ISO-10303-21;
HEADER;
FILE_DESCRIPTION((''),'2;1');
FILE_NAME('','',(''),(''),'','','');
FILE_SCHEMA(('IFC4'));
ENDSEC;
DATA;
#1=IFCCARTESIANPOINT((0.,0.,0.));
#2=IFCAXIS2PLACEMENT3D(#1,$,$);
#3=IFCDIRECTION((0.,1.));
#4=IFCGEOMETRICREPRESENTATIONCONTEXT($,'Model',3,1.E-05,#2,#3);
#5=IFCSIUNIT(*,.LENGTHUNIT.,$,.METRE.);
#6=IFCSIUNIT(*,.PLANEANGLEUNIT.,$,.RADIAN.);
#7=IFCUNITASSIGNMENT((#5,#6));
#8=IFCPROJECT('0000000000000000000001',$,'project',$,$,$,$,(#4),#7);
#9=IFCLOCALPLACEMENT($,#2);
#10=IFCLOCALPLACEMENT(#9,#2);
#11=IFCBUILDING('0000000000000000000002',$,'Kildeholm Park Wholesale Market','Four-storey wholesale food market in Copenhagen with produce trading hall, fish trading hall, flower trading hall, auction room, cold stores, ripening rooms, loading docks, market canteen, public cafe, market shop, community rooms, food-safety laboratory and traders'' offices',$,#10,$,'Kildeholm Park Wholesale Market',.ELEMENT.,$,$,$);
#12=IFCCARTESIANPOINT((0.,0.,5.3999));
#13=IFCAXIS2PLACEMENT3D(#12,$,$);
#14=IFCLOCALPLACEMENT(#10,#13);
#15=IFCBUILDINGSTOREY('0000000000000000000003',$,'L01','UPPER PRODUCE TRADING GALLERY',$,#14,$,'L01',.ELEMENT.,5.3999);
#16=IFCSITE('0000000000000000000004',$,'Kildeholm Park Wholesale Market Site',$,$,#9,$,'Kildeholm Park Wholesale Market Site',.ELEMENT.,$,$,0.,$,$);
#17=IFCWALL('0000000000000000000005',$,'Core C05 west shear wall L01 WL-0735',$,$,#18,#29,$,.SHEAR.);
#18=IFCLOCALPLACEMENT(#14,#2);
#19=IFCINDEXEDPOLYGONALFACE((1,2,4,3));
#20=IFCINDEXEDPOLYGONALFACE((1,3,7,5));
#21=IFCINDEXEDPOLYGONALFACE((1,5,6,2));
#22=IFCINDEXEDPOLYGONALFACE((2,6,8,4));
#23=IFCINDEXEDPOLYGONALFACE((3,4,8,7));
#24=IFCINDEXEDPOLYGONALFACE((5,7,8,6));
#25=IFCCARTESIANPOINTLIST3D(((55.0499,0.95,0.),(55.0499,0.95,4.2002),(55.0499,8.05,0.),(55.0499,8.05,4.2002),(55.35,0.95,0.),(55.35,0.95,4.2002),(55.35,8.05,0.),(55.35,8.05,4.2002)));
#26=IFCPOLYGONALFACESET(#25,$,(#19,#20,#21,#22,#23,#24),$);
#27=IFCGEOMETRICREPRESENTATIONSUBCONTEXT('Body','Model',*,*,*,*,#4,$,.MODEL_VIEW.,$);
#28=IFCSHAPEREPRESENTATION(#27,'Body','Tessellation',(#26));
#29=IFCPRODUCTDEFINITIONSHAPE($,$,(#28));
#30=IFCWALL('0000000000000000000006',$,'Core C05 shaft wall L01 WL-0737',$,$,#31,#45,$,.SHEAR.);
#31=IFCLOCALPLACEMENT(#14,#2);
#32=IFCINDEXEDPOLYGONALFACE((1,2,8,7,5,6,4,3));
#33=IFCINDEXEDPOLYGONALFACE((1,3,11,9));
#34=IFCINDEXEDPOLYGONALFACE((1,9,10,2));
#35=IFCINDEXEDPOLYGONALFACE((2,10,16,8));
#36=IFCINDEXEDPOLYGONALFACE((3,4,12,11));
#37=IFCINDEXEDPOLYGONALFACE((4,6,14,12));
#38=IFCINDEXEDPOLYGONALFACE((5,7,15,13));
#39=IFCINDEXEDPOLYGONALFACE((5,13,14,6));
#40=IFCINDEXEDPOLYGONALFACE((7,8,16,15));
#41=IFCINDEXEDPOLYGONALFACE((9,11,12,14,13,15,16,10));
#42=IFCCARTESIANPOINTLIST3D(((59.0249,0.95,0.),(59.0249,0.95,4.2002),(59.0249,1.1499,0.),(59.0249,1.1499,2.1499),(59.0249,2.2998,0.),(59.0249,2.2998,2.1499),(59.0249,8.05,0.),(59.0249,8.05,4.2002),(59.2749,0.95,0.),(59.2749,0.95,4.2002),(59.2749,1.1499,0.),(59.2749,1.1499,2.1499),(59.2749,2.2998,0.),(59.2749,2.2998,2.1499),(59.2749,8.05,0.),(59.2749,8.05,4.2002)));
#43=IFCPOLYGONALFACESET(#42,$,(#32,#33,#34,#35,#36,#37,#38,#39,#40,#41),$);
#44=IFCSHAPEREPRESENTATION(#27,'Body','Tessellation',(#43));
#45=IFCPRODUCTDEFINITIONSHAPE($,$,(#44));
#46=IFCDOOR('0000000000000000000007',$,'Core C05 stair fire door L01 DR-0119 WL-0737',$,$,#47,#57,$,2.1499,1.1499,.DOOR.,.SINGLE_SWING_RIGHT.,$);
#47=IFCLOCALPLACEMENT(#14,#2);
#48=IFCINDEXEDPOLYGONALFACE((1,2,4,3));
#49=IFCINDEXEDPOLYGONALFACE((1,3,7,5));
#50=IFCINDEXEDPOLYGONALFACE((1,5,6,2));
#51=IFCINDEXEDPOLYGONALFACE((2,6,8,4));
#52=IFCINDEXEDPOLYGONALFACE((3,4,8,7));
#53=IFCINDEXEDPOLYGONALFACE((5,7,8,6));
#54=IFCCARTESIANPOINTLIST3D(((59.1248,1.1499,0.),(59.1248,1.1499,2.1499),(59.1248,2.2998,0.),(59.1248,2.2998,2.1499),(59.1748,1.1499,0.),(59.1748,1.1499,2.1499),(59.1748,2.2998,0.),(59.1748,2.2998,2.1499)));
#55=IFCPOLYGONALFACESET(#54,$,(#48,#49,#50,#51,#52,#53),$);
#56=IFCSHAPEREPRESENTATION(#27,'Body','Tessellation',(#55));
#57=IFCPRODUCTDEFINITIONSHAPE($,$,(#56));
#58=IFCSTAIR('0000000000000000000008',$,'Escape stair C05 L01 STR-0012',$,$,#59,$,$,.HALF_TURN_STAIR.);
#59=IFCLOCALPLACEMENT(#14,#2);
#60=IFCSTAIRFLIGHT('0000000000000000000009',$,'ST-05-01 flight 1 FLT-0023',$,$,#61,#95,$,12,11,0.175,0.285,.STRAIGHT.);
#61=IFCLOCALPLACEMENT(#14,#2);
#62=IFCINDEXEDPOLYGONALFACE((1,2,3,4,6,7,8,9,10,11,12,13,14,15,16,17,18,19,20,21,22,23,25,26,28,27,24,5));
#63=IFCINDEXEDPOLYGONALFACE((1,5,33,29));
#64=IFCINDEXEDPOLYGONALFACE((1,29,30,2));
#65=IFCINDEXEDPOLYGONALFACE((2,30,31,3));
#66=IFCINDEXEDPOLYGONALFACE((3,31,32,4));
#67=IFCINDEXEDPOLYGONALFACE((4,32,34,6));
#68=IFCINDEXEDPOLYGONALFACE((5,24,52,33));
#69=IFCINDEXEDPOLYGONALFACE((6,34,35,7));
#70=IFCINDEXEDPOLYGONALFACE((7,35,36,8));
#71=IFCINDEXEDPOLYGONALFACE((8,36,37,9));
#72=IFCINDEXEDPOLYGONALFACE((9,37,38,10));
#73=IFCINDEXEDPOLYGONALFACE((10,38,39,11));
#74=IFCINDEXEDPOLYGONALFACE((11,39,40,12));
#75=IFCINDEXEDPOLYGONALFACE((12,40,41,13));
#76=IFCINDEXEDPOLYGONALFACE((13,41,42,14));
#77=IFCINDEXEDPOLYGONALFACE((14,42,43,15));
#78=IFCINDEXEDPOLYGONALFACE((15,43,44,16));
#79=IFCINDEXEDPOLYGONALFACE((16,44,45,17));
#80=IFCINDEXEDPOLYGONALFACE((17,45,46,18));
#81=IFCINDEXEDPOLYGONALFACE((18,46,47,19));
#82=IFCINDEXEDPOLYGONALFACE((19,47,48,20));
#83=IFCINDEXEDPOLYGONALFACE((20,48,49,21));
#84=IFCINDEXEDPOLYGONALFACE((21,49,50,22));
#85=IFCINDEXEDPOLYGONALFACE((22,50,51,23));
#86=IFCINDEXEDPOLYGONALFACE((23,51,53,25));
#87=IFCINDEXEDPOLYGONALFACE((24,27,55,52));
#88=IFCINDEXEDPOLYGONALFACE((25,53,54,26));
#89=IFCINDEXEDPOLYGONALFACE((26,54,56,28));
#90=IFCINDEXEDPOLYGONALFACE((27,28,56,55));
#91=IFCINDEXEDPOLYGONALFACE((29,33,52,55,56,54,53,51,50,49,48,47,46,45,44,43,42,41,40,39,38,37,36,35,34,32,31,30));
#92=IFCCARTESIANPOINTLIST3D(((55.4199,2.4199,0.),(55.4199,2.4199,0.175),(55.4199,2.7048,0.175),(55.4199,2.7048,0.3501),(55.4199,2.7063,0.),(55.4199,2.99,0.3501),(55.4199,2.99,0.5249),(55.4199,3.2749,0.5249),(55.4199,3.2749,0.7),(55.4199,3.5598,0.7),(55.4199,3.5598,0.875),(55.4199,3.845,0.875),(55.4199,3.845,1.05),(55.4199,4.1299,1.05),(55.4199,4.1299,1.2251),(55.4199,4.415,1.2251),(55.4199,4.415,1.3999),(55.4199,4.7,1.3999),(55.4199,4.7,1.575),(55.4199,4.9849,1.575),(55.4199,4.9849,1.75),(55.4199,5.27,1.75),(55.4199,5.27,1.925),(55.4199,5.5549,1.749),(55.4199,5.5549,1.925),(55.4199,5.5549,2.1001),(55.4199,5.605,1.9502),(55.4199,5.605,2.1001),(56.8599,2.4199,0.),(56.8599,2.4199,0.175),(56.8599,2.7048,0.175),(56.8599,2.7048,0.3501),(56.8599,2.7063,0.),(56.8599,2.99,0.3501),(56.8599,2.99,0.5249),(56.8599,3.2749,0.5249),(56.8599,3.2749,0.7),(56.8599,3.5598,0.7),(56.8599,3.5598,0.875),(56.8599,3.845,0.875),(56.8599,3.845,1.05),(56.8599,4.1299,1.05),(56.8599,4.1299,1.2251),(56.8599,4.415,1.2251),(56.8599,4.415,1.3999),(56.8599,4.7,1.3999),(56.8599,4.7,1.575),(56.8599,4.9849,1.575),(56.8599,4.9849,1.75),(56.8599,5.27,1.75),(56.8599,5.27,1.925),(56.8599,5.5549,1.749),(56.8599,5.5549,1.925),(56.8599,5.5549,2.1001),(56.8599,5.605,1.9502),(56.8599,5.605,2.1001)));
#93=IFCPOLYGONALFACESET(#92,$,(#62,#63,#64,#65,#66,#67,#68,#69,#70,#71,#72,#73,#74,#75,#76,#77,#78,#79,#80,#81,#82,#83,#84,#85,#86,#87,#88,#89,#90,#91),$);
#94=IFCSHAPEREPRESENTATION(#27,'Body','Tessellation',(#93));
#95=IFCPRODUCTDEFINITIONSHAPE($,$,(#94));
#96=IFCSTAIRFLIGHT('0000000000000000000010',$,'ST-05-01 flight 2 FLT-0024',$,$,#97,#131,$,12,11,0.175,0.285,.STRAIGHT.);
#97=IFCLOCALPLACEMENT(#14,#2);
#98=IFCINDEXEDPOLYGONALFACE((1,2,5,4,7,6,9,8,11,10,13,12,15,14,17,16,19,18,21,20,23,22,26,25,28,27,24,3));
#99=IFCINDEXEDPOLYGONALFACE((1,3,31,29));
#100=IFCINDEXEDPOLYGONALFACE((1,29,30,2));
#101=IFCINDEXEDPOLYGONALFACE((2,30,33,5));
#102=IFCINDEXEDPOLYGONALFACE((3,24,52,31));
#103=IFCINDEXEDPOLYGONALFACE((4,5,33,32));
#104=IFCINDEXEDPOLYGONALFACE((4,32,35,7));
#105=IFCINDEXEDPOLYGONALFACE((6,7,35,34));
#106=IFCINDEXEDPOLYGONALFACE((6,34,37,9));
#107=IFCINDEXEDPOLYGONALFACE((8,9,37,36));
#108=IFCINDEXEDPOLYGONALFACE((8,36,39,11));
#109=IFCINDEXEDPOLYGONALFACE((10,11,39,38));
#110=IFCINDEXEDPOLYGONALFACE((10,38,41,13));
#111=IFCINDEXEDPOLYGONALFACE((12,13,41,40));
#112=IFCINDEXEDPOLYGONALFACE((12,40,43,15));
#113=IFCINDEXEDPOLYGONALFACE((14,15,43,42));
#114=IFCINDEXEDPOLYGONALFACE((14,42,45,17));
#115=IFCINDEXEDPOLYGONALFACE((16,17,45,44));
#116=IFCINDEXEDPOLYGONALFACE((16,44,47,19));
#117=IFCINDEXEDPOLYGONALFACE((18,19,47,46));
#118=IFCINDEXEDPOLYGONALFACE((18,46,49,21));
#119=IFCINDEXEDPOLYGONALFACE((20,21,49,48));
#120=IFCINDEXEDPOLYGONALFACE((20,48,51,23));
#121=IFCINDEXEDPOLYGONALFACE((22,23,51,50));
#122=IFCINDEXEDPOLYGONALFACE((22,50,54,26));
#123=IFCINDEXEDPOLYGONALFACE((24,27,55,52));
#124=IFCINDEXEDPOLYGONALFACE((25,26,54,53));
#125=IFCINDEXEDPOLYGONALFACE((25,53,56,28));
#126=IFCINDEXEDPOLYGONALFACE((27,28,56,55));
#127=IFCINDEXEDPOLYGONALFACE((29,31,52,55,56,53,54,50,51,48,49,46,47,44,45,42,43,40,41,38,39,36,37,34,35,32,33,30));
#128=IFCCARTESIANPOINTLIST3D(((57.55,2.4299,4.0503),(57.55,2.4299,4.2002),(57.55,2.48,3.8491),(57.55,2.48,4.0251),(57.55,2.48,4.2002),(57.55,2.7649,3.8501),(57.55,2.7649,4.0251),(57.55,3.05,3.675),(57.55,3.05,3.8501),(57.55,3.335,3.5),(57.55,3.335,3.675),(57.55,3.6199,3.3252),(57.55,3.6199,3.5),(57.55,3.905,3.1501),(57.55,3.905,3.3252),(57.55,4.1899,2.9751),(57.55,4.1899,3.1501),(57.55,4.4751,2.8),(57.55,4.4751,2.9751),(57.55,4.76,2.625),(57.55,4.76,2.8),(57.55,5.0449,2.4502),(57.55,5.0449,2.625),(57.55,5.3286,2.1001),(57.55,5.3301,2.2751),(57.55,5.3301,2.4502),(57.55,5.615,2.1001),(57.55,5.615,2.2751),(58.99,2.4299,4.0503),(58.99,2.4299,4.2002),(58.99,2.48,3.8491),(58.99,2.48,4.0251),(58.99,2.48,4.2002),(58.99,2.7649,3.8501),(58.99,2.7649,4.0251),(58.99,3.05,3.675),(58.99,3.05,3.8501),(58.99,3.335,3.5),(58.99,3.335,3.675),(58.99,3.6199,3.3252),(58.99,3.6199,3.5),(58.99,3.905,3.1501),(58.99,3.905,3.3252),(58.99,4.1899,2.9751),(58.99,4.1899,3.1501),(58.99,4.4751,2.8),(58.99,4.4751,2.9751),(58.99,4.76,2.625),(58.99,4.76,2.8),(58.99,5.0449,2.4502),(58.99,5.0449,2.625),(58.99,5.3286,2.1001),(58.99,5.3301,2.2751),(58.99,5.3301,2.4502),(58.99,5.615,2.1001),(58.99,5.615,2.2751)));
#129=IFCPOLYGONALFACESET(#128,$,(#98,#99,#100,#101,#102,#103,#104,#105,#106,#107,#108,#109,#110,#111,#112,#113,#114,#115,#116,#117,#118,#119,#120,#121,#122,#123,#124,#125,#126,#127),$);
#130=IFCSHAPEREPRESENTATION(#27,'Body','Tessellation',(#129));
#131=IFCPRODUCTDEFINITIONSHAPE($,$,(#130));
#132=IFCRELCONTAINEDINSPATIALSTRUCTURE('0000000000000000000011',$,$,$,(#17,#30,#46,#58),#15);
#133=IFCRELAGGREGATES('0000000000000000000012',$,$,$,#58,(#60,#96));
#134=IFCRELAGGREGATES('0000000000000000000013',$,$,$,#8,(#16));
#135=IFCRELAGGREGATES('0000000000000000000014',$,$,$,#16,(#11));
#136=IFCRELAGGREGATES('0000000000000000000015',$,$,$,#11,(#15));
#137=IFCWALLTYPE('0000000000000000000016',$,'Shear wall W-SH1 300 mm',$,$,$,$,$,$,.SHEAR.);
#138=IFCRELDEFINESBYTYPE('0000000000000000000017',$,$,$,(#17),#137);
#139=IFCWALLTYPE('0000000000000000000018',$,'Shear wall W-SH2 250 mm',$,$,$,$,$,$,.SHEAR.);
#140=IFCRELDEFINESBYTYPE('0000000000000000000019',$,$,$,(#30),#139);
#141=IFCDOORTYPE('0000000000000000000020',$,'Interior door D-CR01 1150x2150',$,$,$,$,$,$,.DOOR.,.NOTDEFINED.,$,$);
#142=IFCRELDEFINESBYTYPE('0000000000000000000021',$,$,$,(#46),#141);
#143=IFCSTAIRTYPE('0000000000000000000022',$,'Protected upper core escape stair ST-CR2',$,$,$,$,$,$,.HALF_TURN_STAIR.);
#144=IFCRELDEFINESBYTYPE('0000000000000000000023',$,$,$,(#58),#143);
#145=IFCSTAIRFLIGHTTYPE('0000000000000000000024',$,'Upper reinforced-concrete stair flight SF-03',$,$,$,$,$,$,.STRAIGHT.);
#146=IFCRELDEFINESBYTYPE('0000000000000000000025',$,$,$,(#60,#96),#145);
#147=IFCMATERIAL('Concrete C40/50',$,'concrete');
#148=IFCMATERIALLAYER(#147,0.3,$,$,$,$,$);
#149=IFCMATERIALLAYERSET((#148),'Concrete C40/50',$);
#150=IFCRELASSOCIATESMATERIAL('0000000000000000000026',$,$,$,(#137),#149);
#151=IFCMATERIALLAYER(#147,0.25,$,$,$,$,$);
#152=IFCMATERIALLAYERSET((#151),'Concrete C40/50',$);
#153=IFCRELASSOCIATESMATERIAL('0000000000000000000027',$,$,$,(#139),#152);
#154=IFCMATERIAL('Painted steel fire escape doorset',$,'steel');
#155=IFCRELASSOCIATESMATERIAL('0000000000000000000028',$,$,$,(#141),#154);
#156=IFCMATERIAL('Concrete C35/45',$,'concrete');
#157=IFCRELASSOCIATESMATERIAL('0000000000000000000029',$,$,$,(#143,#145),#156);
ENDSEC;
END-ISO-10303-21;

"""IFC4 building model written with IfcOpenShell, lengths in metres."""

from ifc_helpers import new_model, si_unit, direction, frame, frame_2d, origin, place, context, subcontext, project, spatial, polyline, rectangle, outline, extrude, material, layer, layer_set, type_object, element, fill, aggregate, save


model = new_model("IFC4")

# Units and contexts
model_context = context("Model", 3, precision=1e-05, world=origin(), true_north=direction((0.0, 1.0)))
body_context = subcontext(model_context, "Body", "Model", "MODEL_VIEW")
ifc_project = project(units=[si_unit("LENGTHUNIT", "METRE"), si_unit("PLANEANGLEUNIT", "RADIAN")], contexts=[model_context])

# Site, building, storey
site_placement = place(None, origin())
site = spatial("IfcSite", under=ifc_project, at=site_placement, Name="Kildeholm Park Wholesale Market Site", LongName="Kildeholm Park Wholesale Market Site", CompositionType="ELEMENT", RefElevation=0.0)
building_placement = place(site_placement, origin())
building = spatial("IfcBuilding", under=site, at=building_placement, Name="Kildeholm Park Wholesale Market", Description="Four-storey wholesale food market in Copenhagen with produce trading hall, fish trading hall, flower trading hall, auction room, cold stores, ripening rooms, loading docks, market canteen, public cafe, market shop, community rooms, food-safety laboratory and traders' offices", LongName="Kildeholm Park Wholesale Market", CompositionType="ELEMENT")
storey_placement = place(building_placement, frame((0.0, 0.0, 5.3999)))
storey = spatial("IfcBuildingStorey", under=building, at=storey_placement, Name="L01", Description="UPPER PRODUCE TRADING GALLERY", LongName="L01", CompositionType="ELEMENT", Elevation=5.3999)

# Wall
ifc_material_1 = material(Name="Concrete C40/50", Category="concrete")
ifc_layer_1 = layer(ifc_material_1, 0.3)
ifc_layer_set_1 = layer_set([ifc_layer_1], Name="Concrete C40/50")
wall_type_1 = type_object("IfcWallType", Name="Shear wall W-SH1 300 mm", PredefinedType="SHEAR", material=ifc_layer_set_1)
wall_1_placement = place(storey_placement, frame((55.2, 0.95, 0.0), z_axis=(0.0, 0.0, 1.0), x_axis=(0.0, 1.0, 0.0)))
element("IfcWall", 1, at=wall_1_placement, inside=storey, type_object=wall_type_1, Name="Core C05 west shear wall L01 WL-0735", PredefinedType="SHEAR", context=body_context, shape_type="SweptSolid", body=[
    extrude(rectangle(XDim=7.1001, YDim=0.3, at=frame_2d((3.55, 0.0))), origin(), (0.0, 0.0, 1.0), 4.2002),
])

# Wall, opening, door
ifc_layer_2 = layer(ifc_material_1, 0.25)
ifc_layer_set_2 = layer_set([ifc_layer_2], Name="Concrete C40/50")
wall_type_2 = type_object("IfcWallType", Name="Shear wall W-SH2 250 mm", PredefinedType="SHEAR", material=ifc_layer_set_2)
wall_2_placement = place(storey_placement, frame((59.1499, 0.95, 0.0), z_axis=(0.0, 0.0, 1.0), x_axis=(0.0, 1.0, 0.0)))
wall_2 = element("IfcWall", 2, at=wall_2_placement, inside=storey, type_object=wall_type_2, Name="Core C05 shaft wall L01 WL-0737", PredefinedType="SHEAR", context=body_context, shape_type="SweptSolid", body=[
    extrude(rectangle(XDim=7.1001, YDim=0.25, at=frame_2d((3.55, 0.0))), origin(), (0.0, 0.0, 1.0), 4.2002),
])
opening_1_placement = place(wall_2_placement, frame((0.2, 0.0, 0.0)))
opening_1 = element("IfcOpeningElement", 3, at=opening_1_placement, cuts=wall_2, PredefinedType="OPENING", context=body_context, shape_type="SweptSolid", body=[
    extrude(rectangle(XDim=1.1499, YDim=2.1499, at=frame_2d((0.575, 1.075))), frame((0.0, 0.135, 0.0), z_axis=(0.0, -1.0, 0.0), x_axis=(1.0, 0.0, 0.0)), (0.0, 0.0, 1.0), 0.27),
])
ifc_material_2 = material(Name="Painted steel fire escape doorset", Category="steel")
door_type_1 = type_object("IfcDoorType", Name="Interior door D-CR01 1150x2150", OperationType="NOTDEFINED", PredefinedType="DOOR", material=ifc_material_2)
door_1_placement = place(opening_1_placement, frame((1.1499, 0.0, 0.0), z_axis=(0.0, 0.0, 1.0), x_axis=(-1.0, 0.0, 0.0)))
door_1 = element("IfcDoor", 4, at=door_1_placement, inside=storey, type_object=door_type_1, Name="Core C05 stair fire door L01 DR-0119 WL-0737", OperationType="SINGLE_SWING_RIGHT", OverallHeight=2.1499, OverallWidth=1.1499, PredefinedType="DOOR", context=body_context, shape_type="SweptSolid", body=[
    extrude(rectangle(XDim=1.1499, YDim=2.1499, at=frame_2d((0.575, 1.075))), frame((0.0, 0.0249, 0.0), z_axis=(0.0, -1.0, 0.0), x_axis=(1.0, 0.0, 0.0)), (0.0, 0.0, 1.0), 0.05),
])
fill(opening_1, door_1)

# Stair, stair flights
ifc_material_3 = material(Name="Concrete C35/45", Category="concrete")
stair_type = type_object("IfcStairType", Name="Protected upper core escape stair ST-CR2", PredefinedType="HALF_TURN_STAIR", material=ifc_material_3)
stair_placement = place(storey_placement, origin())
stair = element("IfcStair", 5, at=stair_placement, inside=storey, type_object=stair_type, Name="Escape stair C05 L01 STR-0012", PredefinedType="HALF_TURN_STAIR")
stair_flight_type = type_object("IfcStairFlightType", Name="Upper reinforced-concrete stair flight SF-03", PredefinedType="STRAIGHT", material=ifc_material_3)
stair_flight_1_placement = place(storey_placement, frame((56.1399, 2.4199, 0.0), z_axis=(0.0, 0.0, 1.0), x_axis=(0.0, 1.0, 0.0)))
stair_flight_1 = element("IfcStairFlight", 6, at=stair_flight_1_placement, type_object=stair_flight_type, Name="ST-05-01 flight 1 FLT-0023", NumberOfRisers=12, NumberOfTreads=11, PredefinedType="STRAIGHT", RiserHeight=0.175, TreadLength=0.285, context=body_context, shape_type="SweptSolid", body=[
    extrude(outline(polyline([(0.0, 0.0), (0.0, 0.175), (0.2849, 0.175), (0.2849, 0.3501), (0.5701, 0.3501), (0.5701, 0.5249), (0.855, 0.5249), (0.855, 0.7), (1.1399, 0.7), (1.1399, 0.875), (1.425, 0.875), (1.425, 1.05), (1.71, 1.05), (1.71, 1.2251), (1.9951, 1.2251), (1.9951, 1.3999), (2.28, 1.3999), (2.28, 1.575), (2.5649, 1.575), (2.5649, 1.75), (2.8501, 1.75), (2.8501, 1.925), (3.135, 1.925), (3.135, 2.1001), (3.1851, 2.1001), (3.1851, 1.9502), (3.135, 1.749), (0.2864, 0.0), (0.0, 0.0)])), frame((0.0, 0.72, 0.0), z_axis=(0.0, -1.0, 0.0), x_axis=(1.0, 0.0, 0.0)), (0.0, 0.0, 1.0), 1.4399),
])
stair_flight_2_placement = place(storey_placement, frame((58.27, 5.615, 2.1001), z_axis=(0.0, 0.0, 1.0), x_axis=(0.0, -1.0, 0.0)))
stair_flight_2 = element("IfcStairFlight", 7, at=stair_flight_2_placement, type_object=stair_flight_type, Name="ST-05-01 flight 2 FLT-0024", NumberOfRisers=12, NumberOfTreads=11, PredefinedType="STRAIGHT", RiserHeight=0.175, TreadLength=0.285, context=body_context, shape_type="SweptSolid", body=[
    extrude(outline(polyline([(0.0, 0.0), (0.0, 0.175), (0.2849, 0.175), (0.2849, 0.3501), (0.5701, 0.3501), (0.5701, 0.5249), (0.855, 0.5249), (0.855, 0.7), (1.1399, 0.7), (1.1399, 0.875), (1.425, 0.875), (1.425, 1.05), (1.71, 1.05), (1.71, 1.2251), (1.9951, 1.2251), (1.9951, 1.3999), (2.28, 1.3999), (2.28, 1.575), (2.5649, 1.575), (2.5649, 1.75), (2.8501, 1.75), (2.8501, 1.925), (3.135, 1.925), (3.135, 2.1001), (3.1851, 2.1001), (3.1851, 1.9502), (3.135, 1.749), (0.2864, 0.0), (0.0, 0.0)])), frame((0.0, 0.72, 0.0), z_axis=(0.0, -1.0, 0.0), x_axis=(1.0, 0.0, 0.0)), (0.0, 0.0, 1.0), 1.4399),
])
aggregate(stair, [stair_flight_1, stair_flight_2])

save(model, "model.ifc")
